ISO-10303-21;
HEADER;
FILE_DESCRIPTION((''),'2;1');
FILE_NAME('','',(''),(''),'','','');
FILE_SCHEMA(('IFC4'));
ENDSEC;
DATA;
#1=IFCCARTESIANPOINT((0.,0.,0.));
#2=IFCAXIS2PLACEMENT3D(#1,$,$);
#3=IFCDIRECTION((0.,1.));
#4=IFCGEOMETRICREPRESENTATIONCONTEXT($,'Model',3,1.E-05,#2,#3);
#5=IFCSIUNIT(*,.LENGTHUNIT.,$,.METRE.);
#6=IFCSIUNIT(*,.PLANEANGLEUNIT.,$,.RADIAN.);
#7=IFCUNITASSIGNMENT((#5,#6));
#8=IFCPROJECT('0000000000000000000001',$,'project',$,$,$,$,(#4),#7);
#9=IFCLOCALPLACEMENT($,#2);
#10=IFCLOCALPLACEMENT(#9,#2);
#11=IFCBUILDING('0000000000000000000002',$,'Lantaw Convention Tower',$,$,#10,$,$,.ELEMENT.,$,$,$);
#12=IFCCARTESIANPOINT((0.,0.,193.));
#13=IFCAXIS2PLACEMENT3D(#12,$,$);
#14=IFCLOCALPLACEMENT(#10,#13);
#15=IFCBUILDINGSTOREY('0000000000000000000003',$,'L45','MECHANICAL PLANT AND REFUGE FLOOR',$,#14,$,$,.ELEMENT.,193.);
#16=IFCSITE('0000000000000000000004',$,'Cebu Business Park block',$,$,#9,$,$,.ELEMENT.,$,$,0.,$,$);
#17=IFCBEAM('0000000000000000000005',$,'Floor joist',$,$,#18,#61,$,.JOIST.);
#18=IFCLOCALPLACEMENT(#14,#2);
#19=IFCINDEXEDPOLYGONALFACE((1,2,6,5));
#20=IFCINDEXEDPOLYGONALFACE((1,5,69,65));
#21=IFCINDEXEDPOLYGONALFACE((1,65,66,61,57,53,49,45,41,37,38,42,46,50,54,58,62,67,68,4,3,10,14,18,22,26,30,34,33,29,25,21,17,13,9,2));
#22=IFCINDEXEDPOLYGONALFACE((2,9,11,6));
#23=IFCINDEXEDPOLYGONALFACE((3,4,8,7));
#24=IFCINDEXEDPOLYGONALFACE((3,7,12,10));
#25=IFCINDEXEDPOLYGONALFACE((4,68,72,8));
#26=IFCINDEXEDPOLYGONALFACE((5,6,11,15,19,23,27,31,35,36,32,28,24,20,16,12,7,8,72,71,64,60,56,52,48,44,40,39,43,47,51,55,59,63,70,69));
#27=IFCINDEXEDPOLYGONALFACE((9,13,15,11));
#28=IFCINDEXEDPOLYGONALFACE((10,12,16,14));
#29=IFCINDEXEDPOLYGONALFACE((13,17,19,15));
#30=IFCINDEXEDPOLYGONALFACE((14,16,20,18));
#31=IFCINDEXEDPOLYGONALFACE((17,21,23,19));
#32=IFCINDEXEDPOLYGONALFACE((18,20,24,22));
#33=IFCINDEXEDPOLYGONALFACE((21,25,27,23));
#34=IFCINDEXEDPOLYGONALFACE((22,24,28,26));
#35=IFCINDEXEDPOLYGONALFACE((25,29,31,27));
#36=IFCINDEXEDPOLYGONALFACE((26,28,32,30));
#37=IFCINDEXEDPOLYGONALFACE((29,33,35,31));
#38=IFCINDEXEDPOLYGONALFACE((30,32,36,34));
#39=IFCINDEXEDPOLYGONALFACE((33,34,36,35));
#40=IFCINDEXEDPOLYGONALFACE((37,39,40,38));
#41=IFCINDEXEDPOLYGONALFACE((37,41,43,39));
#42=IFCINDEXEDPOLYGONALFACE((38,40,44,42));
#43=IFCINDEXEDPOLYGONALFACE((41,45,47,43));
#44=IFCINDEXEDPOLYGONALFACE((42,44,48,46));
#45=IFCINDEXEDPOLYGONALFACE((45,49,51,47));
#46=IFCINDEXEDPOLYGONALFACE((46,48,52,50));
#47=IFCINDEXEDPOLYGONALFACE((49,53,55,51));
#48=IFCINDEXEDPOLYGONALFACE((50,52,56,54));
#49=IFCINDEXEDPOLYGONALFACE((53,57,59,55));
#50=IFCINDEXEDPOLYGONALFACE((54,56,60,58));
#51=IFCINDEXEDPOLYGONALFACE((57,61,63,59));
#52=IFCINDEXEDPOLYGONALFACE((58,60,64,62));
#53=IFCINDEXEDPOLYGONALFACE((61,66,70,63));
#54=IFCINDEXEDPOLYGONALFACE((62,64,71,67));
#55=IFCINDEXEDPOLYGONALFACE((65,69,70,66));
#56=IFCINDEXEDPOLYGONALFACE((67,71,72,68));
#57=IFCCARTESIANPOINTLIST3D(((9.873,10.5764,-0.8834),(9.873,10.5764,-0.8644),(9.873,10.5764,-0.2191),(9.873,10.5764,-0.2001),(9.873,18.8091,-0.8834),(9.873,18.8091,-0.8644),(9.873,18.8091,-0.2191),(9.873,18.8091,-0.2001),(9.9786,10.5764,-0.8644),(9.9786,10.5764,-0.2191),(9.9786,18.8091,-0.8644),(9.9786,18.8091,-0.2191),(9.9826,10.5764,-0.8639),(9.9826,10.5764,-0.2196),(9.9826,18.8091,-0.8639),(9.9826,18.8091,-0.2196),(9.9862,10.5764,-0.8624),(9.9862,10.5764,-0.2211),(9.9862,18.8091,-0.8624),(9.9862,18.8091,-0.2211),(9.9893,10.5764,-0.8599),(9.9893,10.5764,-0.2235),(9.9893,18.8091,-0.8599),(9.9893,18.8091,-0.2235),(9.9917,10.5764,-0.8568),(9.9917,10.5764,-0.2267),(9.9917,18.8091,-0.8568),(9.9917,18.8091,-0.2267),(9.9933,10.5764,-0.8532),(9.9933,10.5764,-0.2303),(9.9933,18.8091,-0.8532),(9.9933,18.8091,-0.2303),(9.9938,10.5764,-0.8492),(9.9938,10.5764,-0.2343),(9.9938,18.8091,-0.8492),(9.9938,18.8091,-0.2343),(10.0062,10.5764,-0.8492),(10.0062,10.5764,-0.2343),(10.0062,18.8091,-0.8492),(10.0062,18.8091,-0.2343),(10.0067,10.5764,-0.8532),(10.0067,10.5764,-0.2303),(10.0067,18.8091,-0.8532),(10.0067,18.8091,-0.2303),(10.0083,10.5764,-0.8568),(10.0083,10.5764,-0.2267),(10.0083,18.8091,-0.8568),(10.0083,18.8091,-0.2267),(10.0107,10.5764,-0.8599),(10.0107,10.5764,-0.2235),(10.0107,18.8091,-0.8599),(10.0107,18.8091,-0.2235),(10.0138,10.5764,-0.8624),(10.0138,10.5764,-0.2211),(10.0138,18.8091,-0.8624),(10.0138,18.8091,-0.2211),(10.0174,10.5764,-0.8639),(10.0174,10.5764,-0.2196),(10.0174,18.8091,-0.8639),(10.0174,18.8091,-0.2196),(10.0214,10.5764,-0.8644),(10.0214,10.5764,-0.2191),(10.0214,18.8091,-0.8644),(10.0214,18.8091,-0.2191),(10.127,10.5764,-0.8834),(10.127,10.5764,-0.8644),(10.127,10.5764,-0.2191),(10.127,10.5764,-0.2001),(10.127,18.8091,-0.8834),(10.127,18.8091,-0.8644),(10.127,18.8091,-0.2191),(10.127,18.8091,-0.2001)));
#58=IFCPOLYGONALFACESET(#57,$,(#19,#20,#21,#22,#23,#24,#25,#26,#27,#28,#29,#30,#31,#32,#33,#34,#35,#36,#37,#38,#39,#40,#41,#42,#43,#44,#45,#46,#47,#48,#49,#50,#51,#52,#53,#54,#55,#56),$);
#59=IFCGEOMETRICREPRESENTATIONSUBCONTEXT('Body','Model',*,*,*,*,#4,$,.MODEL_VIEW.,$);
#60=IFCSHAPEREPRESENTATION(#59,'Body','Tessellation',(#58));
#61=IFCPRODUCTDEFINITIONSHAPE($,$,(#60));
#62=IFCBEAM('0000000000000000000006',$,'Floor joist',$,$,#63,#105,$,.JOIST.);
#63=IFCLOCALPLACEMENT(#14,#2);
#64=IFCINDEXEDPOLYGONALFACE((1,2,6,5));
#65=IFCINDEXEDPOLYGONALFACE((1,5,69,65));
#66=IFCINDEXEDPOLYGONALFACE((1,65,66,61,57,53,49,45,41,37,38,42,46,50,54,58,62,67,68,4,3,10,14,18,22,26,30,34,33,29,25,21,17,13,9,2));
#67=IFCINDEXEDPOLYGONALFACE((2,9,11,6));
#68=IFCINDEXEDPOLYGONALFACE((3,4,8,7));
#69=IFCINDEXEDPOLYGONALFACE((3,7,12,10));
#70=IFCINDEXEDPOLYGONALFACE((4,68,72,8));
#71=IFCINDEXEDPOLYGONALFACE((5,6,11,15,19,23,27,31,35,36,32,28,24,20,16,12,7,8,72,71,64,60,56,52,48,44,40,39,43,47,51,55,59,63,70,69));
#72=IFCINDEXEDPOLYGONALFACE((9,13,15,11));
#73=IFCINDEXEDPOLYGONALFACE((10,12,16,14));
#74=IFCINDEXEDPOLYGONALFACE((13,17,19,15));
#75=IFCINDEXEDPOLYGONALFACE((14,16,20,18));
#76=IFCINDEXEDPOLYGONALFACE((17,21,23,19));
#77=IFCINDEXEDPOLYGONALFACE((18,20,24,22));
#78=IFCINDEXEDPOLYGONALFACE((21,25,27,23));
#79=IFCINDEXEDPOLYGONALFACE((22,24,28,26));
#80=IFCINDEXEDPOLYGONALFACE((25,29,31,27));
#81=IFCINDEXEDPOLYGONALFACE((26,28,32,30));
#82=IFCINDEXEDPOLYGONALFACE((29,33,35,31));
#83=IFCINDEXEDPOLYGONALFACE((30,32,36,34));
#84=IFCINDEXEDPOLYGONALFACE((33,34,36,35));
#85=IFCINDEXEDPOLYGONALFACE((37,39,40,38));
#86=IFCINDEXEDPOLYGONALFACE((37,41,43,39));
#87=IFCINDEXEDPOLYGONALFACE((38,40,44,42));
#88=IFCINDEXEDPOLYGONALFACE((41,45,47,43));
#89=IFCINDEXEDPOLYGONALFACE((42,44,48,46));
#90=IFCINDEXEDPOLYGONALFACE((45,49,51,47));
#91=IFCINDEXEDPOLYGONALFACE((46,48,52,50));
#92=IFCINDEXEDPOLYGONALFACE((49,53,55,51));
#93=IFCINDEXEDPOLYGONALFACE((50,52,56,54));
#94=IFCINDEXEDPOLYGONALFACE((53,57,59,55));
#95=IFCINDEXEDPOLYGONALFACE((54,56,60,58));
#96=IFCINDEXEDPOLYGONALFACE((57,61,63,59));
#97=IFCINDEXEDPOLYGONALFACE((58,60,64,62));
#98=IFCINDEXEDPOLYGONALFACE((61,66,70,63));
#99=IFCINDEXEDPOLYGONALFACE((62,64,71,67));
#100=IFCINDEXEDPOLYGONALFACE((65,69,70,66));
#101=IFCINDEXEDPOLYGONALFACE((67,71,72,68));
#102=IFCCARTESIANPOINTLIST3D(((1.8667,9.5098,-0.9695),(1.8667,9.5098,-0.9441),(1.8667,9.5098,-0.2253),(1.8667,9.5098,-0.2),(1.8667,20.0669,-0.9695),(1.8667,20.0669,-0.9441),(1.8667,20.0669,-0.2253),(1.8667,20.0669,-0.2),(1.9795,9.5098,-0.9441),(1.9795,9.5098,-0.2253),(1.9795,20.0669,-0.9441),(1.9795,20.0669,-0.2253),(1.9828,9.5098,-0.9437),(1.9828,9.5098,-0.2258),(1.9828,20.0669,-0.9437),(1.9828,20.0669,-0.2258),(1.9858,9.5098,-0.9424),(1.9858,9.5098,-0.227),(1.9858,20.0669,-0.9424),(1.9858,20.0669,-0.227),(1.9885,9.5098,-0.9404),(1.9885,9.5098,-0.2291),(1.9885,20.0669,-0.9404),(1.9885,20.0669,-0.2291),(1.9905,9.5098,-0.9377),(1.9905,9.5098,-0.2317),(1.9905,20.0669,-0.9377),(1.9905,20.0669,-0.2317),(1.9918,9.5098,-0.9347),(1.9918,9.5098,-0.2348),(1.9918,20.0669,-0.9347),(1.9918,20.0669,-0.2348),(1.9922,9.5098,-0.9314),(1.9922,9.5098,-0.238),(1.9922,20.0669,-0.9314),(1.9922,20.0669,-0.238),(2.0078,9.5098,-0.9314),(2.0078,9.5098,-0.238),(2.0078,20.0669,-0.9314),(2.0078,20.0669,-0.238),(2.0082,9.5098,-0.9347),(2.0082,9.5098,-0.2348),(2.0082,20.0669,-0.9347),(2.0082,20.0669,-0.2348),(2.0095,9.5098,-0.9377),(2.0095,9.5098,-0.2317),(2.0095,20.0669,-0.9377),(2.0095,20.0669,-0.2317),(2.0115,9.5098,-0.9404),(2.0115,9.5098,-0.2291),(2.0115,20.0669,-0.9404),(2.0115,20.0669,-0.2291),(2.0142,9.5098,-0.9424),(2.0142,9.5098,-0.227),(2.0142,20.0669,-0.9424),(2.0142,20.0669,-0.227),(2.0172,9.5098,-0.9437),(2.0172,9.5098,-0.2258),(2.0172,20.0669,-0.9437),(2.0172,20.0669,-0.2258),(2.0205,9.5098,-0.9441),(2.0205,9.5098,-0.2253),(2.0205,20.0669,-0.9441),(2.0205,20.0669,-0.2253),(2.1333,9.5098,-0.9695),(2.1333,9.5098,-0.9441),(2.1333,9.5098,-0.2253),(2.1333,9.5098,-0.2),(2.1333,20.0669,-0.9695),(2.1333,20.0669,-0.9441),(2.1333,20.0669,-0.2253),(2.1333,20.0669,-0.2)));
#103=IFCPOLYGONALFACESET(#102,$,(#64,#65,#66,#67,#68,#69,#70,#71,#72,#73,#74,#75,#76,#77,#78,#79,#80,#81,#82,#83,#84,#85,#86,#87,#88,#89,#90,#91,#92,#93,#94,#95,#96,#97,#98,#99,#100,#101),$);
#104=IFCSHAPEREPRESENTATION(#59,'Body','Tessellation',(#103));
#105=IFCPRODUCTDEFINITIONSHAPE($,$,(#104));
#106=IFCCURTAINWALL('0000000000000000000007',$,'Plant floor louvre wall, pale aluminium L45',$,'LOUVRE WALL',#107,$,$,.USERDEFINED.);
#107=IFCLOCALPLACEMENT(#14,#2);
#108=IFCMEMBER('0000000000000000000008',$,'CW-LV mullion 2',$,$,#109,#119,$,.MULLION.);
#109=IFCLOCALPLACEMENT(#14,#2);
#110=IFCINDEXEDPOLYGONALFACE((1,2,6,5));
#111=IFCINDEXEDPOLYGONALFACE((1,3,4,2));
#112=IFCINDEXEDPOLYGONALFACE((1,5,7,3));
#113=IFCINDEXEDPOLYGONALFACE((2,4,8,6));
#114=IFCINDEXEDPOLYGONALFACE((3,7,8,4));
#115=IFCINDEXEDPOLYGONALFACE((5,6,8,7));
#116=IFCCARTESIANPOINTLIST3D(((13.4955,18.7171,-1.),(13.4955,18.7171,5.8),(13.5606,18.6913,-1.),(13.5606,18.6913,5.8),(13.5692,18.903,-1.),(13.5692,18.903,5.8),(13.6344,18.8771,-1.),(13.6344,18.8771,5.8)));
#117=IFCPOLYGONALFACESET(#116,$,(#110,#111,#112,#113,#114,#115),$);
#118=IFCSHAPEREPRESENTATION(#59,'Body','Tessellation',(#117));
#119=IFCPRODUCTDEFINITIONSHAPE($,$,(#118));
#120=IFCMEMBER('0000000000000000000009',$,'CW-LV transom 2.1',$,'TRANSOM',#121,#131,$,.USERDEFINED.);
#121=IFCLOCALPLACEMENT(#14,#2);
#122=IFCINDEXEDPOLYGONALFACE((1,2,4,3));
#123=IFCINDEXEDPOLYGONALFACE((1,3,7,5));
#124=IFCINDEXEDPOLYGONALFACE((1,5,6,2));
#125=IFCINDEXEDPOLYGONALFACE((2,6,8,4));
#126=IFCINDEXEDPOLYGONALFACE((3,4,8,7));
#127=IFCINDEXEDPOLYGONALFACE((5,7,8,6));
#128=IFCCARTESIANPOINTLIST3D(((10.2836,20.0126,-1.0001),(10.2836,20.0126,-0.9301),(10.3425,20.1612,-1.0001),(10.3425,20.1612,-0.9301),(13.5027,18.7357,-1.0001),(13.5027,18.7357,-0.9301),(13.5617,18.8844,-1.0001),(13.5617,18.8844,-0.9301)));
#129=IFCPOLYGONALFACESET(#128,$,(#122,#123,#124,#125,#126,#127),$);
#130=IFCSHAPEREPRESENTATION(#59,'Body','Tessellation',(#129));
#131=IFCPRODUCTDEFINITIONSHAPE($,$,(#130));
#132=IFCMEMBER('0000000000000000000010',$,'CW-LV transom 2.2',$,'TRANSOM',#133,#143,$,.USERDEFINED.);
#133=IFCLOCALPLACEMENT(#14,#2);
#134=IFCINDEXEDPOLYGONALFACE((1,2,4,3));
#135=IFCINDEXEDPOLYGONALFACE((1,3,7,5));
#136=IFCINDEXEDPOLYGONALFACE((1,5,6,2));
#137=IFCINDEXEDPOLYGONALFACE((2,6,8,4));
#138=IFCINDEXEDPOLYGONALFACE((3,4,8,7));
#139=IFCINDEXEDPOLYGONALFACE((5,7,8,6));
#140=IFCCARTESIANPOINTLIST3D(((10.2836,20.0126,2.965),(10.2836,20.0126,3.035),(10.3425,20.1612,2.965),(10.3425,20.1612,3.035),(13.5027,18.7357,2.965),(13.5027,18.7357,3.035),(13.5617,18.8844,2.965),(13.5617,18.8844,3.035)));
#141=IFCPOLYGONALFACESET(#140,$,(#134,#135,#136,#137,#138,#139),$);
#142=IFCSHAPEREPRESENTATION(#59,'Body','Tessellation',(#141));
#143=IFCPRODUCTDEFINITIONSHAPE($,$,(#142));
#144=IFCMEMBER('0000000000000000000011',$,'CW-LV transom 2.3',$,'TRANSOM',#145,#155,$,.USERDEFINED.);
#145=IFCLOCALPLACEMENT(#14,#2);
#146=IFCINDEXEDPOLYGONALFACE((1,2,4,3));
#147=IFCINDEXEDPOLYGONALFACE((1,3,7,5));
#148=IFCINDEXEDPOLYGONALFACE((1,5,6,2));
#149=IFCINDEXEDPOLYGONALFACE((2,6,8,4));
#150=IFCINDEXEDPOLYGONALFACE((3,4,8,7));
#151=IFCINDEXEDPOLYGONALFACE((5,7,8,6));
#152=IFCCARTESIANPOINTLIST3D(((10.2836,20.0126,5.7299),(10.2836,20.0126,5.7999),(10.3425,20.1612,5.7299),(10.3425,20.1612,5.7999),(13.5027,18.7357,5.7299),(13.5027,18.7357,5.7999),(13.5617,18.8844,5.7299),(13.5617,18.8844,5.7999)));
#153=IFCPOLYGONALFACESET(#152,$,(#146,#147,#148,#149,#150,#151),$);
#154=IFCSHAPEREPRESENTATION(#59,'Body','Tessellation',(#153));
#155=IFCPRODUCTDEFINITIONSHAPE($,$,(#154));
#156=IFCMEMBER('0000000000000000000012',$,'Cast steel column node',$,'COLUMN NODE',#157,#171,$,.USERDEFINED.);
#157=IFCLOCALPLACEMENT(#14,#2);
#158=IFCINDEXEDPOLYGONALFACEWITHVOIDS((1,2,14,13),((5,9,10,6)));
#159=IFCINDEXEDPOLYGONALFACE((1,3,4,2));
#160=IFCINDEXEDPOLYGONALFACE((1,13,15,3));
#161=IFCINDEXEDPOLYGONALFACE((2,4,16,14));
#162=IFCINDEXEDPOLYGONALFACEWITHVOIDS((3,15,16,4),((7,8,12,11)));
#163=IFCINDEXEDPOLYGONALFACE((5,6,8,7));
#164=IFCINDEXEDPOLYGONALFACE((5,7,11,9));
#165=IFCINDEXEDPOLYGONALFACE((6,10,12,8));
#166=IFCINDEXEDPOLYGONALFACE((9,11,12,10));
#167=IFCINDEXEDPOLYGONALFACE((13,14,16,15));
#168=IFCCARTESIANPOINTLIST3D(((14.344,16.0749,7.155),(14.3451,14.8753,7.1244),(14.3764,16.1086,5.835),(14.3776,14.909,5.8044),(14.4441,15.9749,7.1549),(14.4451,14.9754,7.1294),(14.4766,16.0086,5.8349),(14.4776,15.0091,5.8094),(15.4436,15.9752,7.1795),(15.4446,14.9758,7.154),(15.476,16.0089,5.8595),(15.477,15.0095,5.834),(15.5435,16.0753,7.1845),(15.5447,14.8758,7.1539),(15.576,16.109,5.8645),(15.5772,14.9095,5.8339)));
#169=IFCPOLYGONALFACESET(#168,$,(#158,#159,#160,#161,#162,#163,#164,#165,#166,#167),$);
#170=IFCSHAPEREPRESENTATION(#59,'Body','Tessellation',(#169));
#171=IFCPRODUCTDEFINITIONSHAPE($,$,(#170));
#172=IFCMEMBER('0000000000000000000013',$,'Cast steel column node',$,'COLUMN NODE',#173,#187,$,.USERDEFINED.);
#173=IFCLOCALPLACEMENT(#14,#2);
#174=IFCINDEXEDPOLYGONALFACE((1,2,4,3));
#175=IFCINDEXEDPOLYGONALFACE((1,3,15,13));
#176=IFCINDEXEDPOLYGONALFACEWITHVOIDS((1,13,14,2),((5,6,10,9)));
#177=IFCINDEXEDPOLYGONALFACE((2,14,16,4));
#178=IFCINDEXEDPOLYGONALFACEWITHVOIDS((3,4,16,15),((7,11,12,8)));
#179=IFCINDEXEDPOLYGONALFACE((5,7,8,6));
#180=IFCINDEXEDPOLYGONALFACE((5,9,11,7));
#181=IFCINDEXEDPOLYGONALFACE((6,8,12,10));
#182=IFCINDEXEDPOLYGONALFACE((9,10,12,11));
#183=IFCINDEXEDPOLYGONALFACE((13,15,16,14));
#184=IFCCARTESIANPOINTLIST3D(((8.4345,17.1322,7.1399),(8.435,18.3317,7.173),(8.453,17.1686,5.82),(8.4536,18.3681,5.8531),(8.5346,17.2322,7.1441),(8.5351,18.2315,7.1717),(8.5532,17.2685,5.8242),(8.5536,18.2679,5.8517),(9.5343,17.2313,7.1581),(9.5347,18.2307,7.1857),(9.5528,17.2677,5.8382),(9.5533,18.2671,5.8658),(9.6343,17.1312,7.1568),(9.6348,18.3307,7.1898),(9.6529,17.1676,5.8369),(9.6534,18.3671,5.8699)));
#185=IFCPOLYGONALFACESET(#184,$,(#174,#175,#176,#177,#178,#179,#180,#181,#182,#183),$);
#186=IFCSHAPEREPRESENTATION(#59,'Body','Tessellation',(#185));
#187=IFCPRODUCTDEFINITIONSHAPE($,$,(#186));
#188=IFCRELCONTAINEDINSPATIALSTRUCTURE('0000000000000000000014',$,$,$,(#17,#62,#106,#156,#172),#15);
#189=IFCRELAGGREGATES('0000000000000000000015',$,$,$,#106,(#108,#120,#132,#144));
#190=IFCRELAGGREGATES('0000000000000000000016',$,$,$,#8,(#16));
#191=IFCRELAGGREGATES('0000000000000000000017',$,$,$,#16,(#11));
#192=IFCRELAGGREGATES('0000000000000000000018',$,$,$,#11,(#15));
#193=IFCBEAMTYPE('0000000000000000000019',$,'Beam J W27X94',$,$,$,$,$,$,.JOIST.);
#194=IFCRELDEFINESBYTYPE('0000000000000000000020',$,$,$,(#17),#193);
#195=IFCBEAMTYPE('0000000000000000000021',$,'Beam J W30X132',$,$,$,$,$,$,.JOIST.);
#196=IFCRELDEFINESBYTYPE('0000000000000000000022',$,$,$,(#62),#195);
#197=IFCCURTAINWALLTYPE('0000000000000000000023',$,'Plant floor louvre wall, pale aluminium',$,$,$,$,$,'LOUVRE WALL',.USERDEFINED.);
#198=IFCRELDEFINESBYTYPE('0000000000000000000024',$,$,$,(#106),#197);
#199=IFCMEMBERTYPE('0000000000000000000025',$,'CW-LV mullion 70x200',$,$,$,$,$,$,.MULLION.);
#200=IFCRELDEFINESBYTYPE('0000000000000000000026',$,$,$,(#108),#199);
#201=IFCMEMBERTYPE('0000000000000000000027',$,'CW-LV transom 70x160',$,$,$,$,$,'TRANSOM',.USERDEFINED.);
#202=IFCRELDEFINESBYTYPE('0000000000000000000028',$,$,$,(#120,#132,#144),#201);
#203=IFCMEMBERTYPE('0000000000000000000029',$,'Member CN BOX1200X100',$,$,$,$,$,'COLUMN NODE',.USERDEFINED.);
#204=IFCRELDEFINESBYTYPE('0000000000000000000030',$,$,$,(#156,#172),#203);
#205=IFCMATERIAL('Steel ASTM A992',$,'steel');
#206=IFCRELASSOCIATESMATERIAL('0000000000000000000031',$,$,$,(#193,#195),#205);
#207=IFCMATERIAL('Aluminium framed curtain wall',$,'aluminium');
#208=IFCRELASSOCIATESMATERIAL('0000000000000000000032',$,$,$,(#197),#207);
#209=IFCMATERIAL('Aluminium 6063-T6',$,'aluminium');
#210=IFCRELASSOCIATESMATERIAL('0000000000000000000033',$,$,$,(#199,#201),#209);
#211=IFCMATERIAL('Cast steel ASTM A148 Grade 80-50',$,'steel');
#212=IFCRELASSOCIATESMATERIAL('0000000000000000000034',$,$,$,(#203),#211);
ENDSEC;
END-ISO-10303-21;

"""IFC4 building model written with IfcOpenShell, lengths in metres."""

from ifc_helpers import new_model, si_unit, direction, frame, origin, origin_2d, place, context, subcontext, project, spatial, rectangle, hollow_rectangle, i_section, extrude, material, material_profile, profile_set, type_object, element, aggregate, save


model = new_model("IFC4")

# Units and contexts
model_context = context("Model", 3, precision=1e-05, world=origin(), true_north=direction((0.0, 1.0)))
body_context = subcontext(model_context, "Body", "Model", "MODEL_VIEW")
ifc_project = project(units=[si_unit("LENGTHUNIT", "METRE"), si_unit("PLANEANGLEUNIT", "RADIAN")], contexts=[model_context])

# Site, building, storey
site_placement = place(None, origin())
site = spatial("IfcSite", under=ifc_project, at=site_placement, Name="Cebu Business Park block", CompositionType="ELEMENT", RefElevation=0.0)
building_placement = place(site_placement, origin())
building = spatial("IfcBuilding", under=site, at=building_placement, Name="Lantaw Convention Tower", CompositionType="ELEMENT")
storey_placement = place(building_placement, frame((0.0, 0.0, 193.0)))
storey = spatial("IfcBuildingStorey", under=building, at=storey_placement, Name="L45", Description="MECHANICAL PLANT AND REFUGE FLOOR", CompositionType="ELEMENT", Elevation=193.0)

# Beams
ifc_material_1 = material(Name="Steel ASTM A992", Category="steel")
ifc_material_profile_1 = material_profile(ifc_material_1, i_section(OverallWidth=0.2539, OverallDepth=0.6833, WebThickness=0.0125, FlangeThickness=0.019, FilletRadius=0.0151, at=origin_2d()), Name="W27X94")
ifc_profile_set_1 = profile_set([ifc_material_profile_1], Name="Steel ASTM A992")
beam_type_1 = type_object("IfcBeamType", Name="Beam J W27X94", PredefinedType="JOIST", material=ifc_profile_set_1)
beam_1_placement = place(storey_placement, frame((10.0, 10.5764, -0.5417), z_axis=(0.0, 1.0, 0.0), x_axis=(-1.0, 0.0, 0.0)))
element("IfcBeam", 1, at=beam_1_placement, inside=storey, type_object=beam_type_1, Name="Floor joist", PredefinedType="JOIST", context=body_context, shape_type="SweptSolid", body=[
    extrude(i_section(OverallWidth=0.2539, OverallDepth=0.6833, WebThickness=0.0125, FlangeThickness=0.019, FilletRadius=0.0151, at=origin_2d()), origin(), (0.0, 0.0, 1.0), 8.2327),
])
ifc_material_profile_2 = material_profile(ifc_material_1, i_section(OverallWidth=0.2666, OverallDepth=0.7695, WebThickness=0.0156, FlangeThickness=0.0254, FilletRadius=0.0127, at=origin_2d()), Name="W30X132")
ifc_profile_set_2 = profile_set([ifc_material_profile_2], Name="Steel ASTM A992")
beam_type_2 = type_object("IfcBeamType", Name="Beam J W30X132", PredefinedType="JOIST", material=ifc_profile_set_2)
beam_2_placement = place(storey_placement, frame((2.0, 9.5098, -0.5847), z_axis=(0.0, 1.0, 0.0), x_axis=(-1.0, 0.0, 0.0)))
element("IfcBeam", 2, at=beam_2_placement, inside=storey, type_object=beam_type_2, Name="Floor joist", PredefinedType="JOIST", context=body_context, shape_type="SweptSolid", body=[
    extrude(i_section(OverallWidth=0.2666, OverallDepth=0.7695, WebThickness=0.0156, FlangeThickness=0.0254, FilletRadius=0.0127, at=origin_2d()), origin(), (0.0, 0.0, 1.0), 10.5571),
])

# Curtain wall, members
ifc_material_2 = material(Name="Aluminium framed curtain wall", Category="aluminium")
curtain_wall_type = type_object("IfcCurtainWallType", Name="Plant floor louvre wall, pale aluminium", ElementType="LOUVRE WALL", PredefinedType="USERDEFINED", material=ifc_material_2)
curtain_wall_placement = place(storey_placement, origin())
curtain_wall = element("IfcCurtainWall", 3, at=curtain_wall_placement, inside=storey, type_object=curtain_wall_type, Name="Plant floor louvre wall, pale aluminium L45", ObjectType="LOUVRE WALL", PredefinedType="USERDEFINED")
ifc_material_3 = material(Name="Aluminium 6063-T6", Category="aluminium")
ifc_material_profile_3 = material_profile(ifc_material_3, rectangle(XDim=0.2, YDim=0.0701, at=origin_2d()), Name="CW-LV mullion 70x200")
ifc_profile_set_3 = profile_set([ifc_material_profile_3], Name="Aluminium 6063-T6")
member_type_1 = type_object("IfcMemberType", Name="CW-LV mullion 70x200", PredefinedType="MULLION", material=ifc_profile_set_3)
member_1_placement = place(storey_placement, frame((13.5649, 18.7971, -1.0), z_axis=(0.0, 0.0, 1.0), x_axis=(-0.368702, -0.929548, 0.0)))
member_1 = element("IfcMember", 4, at=member_1_placement, type_object=member_type_1, Name="CW-LV mullion 2", PredefinedType="MULLION", context=body_context, shape_type="SweptSolid", body=[
    extrude(rectangle(XDim=0.2, YDim=0.0701, at=origin_2d()), origin(), (0.0, 0.0, 1.0), 6.8),
])
ifc_material_profile_4 = material_profile(ifc_material_3, rectangle(XDim=0.1599, YDim=0.0701, at=origin_2d()), Name="CW-LV transom 70x160")
ifc_profile_set_4 = profile_set([ifc_material_profile_4], Name="Aluminium 6063-T6")
member_type_2 = type_object("IfcMemberType", Name="CW-LV transom 70x160", ElementType="TRANSOM", PredefinedType="USERDEFINED", material=ifc_profile_set_4)
member_2_placement = place(storey_placement, frame((13.5322, 18.8101, -0.9651), z_axis=(-0.929552, 0.368691, 0.0), x_axis=(-0.368691, -0.929552, 0.0)))
member_2 = element("IfcMember", 5, at=member_2_placement, type_object=member_type_2, Name="CW-LV transom 2.1", ObjectType="TRANSOM", PredefinedType="USERDEFINED", context=body_context, shape_type="SweptSolid", body=[
    extrude(rectangle(XDim=0.1599, YDim=0.0701, at=origin_2d()), origin(), (0.0, 0.0, 1.0), 3.4631),
])
member_3_placement = place(storey_placement, frame((13.5322, 18.8101, 3.0), z_axis=(-0.929552, 0.368691, 0.0), x_axis=(-0.368691, -0.929552, 0.0)))
member_3 = element("IfcMember", 6, at=member_3_placement, type_object=member_type_2, Name="CW-LV transom 2.2", ObjectType="TRANSOM", PredefinedType="USERDEFINED", context=body_context, shape_type="SweptSolid", body=[
    extrude(rectangle(XDim=0.1599, YDim=0.0701, at=origin_2d()), origin(), (0.0, 0.0, 1.0), 3.4631),
])
member_4_placement = place(storey_placement, frame((13.5322, 18.8101, 5.7649), z_axis=(-0.929552, 0.368691, 0.0), x_axis=(-0.368691, -0.929552, 0.0)))
member_4 = element("IfcMember", 7, at=member_4_placement, type_object=member_type_2, Name="CW-LV transom 2.3", ObjectType="TRANSOM", PredefinedType="USERDEFINED", context=body_context, shape_type="SweptSolid", body=[
    extrude(rectangle(XDim=0.1599, YDim=0.0701, at=origin_2d()), origin(), (0.0, 0.0, 1.0), 3.4631),
])

# Members
ifc_material_4 = material(Name="Cast steel ASTM A148 Grade 80-50", Category="steel")
ifc_material_profile_5 = material_profile(ifc_material_4, hollow_rectangle(XDim=1.2, YDim=1.2, WallThickness=0.1001, at=origin_2d()), Name="BOX1200X100")
ifc_profile_set_5 = profile_set([ifc_material_profile_5], Name="Cast steel ASTM A148 Grade 80-50")
member_type_3 = type_object("IfcMemberType", Name="Member CN BOX1200X100", ElementType="COLUMN NODE", PredefinedType="USERDEFINED", material=ifc_profile_set_5)
member_5_placement = place(storey_placement, frame((14.9768, 15.509, 5.8345), z_axis=(-0.024582, -0.025506, 0.999372), x_axis=(0.999697, 0.000359, 0.024599)))
element("IfcMember", 8, at=member_5_placement, inside=storey, type_object=member_type_3, Name="Cast steel column node", ObjectType="COLUMN NODE", PredefinedType="USERDEFINED", context=body_context, shape_type="SweptSolid", body=[
    extrude(hollow_rectangle(XDim=1.2, YDim=1.2, WallThickness=0.1001, at=origin_2d()), origin(), (0.0, 0.0, 1.0), 1.3208),
])
for number, where, z_axis, x_axis, name in (
    (9, (9.0532, 17.7678, 5.845), (-0.014052, -0.027549, 0.999522), (0.999901, -0.000828, 0.014034), "Cast steel column node"),
):
    element("IfcMember", number, at=place(storey_placement, frame(where, z_axis=z_axis, x_axis=x_axis)), inside=storey, type_object=member_type_3, Name=name, ObjectType="COLUMN NODE", PredefinedType="USERDEFINED", context=body_context, shape_type="SweptSolid", body=[
        extrude(hollow_rectangle(XDim=1.2, YDim=1.2, WallThickness=0.1001, at=origin_2d()), origin(), (0.0, 0.0, 1.0), 1.3206),
    ])

aggregate(curtain_wall, [member_1, member_2, member_3, member_4])

save(model, "model.ifc")
